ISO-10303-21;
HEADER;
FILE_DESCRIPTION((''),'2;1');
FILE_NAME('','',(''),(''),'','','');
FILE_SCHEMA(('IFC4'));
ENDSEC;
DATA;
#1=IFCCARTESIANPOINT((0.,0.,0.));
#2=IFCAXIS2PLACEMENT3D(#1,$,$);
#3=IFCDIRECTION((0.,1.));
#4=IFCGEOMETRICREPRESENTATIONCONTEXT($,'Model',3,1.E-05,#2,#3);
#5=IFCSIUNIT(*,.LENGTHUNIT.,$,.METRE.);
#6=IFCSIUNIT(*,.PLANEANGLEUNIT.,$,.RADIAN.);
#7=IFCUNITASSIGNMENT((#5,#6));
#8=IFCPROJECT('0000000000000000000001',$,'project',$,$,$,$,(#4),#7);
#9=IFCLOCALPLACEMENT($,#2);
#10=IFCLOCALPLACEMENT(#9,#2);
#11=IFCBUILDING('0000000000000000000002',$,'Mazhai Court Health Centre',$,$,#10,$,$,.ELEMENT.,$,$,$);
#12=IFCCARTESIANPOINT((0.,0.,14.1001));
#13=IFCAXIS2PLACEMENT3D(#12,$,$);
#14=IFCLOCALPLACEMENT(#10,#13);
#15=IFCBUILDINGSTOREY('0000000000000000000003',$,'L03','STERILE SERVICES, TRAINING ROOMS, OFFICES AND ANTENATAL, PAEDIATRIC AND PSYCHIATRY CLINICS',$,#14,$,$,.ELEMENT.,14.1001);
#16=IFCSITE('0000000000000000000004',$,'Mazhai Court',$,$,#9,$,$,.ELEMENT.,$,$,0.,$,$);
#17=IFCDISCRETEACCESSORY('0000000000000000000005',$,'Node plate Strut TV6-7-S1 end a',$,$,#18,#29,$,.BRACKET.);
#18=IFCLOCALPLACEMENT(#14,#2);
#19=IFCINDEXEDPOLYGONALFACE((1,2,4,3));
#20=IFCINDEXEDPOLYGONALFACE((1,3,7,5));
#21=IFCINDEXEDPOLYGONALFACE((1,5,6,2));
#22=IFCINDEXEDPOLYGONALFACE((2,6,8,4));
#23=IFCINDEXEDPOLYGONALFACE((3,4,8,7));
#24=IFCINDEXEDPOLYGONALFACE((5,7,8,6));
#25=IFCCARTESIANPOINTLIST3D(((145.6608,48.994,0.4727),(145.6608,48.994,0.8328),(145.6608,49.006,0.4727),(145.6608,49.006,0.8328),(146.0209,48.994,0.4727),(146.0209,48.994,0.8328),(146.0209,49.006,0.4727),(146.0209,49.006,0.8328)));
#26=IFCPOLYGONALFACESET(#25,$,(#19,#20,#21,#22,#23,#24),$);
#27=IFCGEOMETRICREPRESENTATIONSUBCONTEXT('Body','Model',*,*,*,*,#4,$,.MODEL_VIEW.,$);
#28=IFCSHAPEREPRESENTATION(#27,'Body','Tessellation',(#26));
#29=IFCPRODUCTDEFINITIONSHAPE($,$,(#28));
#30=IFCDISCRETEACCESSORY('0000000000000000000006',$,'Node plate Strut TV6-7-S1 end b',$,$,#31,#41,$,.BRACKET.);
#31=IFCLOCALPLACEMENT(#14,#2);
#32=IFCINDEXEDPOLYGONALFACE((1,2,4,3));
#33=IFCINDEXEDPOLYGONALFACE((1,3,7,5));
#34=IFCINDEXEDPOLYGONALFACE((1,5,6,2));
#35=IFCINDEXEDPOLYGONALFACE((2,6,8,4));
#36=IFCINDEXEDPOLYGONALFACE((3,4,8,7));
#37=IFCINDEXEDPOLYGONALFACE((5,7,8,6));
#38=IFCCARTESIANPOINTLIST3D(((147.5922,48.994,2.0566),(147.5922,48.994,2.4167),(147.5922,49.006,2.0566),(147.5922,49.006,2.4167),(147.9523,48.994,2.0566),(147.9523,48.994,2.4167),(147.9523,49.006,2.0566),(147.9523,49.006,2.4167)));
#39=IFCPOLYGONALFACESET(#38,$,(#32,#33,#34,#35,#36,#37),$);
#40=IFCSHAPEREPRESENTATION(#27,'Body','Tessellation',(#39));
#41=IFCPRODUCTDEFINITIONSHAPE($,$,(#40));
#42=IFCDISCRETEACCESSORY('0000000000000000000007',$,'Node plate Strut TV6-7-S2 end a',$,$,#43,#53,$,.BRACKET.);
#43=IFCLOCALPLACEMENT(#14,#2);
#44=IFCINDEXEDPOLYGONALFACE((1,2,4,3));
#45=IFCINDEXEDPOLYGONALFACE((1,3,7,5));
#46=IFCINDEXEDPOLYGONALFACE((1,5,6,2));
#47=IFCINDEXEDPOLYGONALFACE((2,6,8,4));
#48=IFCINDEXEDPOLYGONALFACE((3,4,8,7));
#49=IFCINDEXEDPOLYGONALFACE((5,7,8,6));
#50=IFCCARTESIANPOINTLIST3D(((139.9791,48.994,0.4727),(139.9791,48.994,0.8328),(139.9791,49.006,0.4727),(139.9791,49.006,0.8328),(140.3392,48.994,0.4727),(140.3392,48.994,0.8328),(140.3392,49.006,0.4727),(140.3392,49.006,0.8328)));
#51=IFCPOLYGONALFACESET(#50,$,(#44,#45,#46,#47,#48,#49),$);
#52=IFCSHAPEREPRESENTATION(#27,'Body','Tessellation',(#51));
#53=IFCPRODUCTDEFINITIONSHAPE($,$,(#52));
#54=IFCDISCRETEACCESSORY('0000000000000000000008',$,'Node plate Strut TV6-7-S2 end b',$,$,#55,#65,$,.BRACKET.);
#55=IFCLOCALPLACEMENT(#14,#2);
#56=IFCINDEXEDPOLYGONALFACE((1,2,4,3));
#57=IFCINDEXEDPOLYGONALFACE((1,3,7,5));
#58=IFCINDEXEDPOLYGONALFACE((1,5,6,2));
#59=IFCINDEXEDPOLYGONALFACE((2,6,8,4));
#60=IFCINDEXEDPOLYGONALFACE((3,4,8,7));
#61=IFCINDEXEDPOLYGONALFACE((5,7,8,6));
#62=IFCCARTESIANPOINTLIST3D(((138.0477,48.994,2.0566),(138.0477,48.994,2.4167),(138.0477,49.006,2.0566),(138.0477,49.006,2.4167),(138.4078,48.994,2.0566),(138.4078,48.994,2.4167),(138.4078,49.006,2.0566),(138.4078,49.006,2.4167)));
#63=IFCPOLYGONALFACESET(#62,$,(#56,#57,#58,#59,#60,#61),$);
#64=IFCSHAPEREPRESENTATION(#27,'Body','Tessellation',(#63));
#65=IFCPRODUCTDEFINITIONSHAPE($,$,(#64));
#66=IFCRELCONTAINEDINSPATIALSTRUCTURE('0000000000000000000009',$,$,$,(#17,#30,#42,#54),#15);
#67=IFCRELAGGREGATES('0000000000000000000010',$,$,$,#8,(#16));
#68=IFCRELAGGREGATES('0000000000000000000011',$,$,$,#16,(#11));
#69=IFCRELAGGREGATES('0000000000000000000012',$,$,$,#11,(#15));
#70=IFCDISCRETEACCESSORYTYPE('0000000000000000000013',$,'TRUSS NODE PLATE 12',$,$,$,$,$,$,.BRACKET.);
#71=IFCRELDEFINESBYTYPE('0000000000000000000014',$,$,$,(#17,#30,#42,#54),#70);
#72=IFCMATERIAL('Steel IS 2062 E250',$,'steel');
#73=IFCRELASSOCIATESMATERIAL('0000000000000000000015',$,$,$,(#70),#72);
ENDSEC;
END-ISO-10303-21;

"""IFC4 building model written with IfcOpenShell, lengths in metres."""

from ifc_helpers import new_model, si_unit, direction, frame, origin, origin_2d, place, context, subcontext, project, spatial, rectangle, extrude, material, type_object, element, save


model = new_model("IFC4")

# Units and contexts
model_context = context("Model", 3, precision=1e-05, world=origin(), true_north=direction((0.0, 1.0)))
body_context = subcontext(model_context, "Body", "Model", "MODEL_VIEW")
ifc_project = project(units=[si_unit("LENGTHUNIT", "METRE"), si_unit("PLANEANGLEUNIT", "RADIAN")], contexts=[model_context])

# Site, building, storey
site_placement = place(None, origin())
site = spatial("IfcSite", under=ifc_project, at=site_placement, Name="Mazhai Court", CompositionType="ELEMENT", RefElevation=0.0)
building_placement = place(site_placement, origin())
building = spatial("IfcBuilding", under=site, at=building_placement, Name="Mazhai Court Health Centre", CompositionType="ELEMENT")
storey_placement = place(building_placement, frame((0.0, 0.0, 14.1001)))
storey = spatial("IfcBuildingStorey", under=building, at=storey_placement, Name="L03", Description="STERILE SERVICES, TRAINING ROOMS, OFFICES AND ANTENATAL, PAEDIATRIC AND PSYCHIATRY CLINICS", CompositionType="ELEMENT", Elevation=14.1001)

# Discrete accessories
ifc_material_1 = material(Name="Steel IS 2062 E250", Category="steel")
discrete_accessory_type = type_object("IfcDiscreteAccessoryType", Name="TRUSS NODE PLATE 12", PredefinedType="BRACKET", material=ifc_material_1)
for number, where, z_axis, x_axis, name in (
    (1, (145.8408, 49.0, 0.4727), (0.0, 0.0, 1.0), (1.0, 0.0, 0.0), "Node plate Strut TV6-7-S1 end a"),
    (2, (147.7722, 49.0, 2.0566), (0.0, 0.0, 1.0), (1.0, 0.0, 0.0), "Node plate Strut TV6-7-S1 end b"),
    (3, (140.1592, 49.0, 0.4727), (0.0, 0.0, 1.0), (1.0, 0.0, 0.0), "Node plate Strut TV6-7-S2 end a"),
    (4, (138.2278, 49.0, 2.0566), (0.0, 0.0, 1.0), (1.0, 0.0, 0.0), "Node plate Strut TV6-7-S2 end b"),
):
    element("IfcDiscreteAccessory", number, at=place(storey_placement, frame(where, z_axis=z_axis, x_axis=x_axis)), inside=storey, type_object=discrete_accessory_type, Name=name, PredefinedType="BRACKET", context=body_context, shape_type="SweptSolid", body=[
        extrude(rectangle(XDim=0.3601, YDim=0.012, at=origin_2d()), origin(), (0.0, 0.0, 1.0), 0.3601),
    ])

save(model, "model.ifc")
